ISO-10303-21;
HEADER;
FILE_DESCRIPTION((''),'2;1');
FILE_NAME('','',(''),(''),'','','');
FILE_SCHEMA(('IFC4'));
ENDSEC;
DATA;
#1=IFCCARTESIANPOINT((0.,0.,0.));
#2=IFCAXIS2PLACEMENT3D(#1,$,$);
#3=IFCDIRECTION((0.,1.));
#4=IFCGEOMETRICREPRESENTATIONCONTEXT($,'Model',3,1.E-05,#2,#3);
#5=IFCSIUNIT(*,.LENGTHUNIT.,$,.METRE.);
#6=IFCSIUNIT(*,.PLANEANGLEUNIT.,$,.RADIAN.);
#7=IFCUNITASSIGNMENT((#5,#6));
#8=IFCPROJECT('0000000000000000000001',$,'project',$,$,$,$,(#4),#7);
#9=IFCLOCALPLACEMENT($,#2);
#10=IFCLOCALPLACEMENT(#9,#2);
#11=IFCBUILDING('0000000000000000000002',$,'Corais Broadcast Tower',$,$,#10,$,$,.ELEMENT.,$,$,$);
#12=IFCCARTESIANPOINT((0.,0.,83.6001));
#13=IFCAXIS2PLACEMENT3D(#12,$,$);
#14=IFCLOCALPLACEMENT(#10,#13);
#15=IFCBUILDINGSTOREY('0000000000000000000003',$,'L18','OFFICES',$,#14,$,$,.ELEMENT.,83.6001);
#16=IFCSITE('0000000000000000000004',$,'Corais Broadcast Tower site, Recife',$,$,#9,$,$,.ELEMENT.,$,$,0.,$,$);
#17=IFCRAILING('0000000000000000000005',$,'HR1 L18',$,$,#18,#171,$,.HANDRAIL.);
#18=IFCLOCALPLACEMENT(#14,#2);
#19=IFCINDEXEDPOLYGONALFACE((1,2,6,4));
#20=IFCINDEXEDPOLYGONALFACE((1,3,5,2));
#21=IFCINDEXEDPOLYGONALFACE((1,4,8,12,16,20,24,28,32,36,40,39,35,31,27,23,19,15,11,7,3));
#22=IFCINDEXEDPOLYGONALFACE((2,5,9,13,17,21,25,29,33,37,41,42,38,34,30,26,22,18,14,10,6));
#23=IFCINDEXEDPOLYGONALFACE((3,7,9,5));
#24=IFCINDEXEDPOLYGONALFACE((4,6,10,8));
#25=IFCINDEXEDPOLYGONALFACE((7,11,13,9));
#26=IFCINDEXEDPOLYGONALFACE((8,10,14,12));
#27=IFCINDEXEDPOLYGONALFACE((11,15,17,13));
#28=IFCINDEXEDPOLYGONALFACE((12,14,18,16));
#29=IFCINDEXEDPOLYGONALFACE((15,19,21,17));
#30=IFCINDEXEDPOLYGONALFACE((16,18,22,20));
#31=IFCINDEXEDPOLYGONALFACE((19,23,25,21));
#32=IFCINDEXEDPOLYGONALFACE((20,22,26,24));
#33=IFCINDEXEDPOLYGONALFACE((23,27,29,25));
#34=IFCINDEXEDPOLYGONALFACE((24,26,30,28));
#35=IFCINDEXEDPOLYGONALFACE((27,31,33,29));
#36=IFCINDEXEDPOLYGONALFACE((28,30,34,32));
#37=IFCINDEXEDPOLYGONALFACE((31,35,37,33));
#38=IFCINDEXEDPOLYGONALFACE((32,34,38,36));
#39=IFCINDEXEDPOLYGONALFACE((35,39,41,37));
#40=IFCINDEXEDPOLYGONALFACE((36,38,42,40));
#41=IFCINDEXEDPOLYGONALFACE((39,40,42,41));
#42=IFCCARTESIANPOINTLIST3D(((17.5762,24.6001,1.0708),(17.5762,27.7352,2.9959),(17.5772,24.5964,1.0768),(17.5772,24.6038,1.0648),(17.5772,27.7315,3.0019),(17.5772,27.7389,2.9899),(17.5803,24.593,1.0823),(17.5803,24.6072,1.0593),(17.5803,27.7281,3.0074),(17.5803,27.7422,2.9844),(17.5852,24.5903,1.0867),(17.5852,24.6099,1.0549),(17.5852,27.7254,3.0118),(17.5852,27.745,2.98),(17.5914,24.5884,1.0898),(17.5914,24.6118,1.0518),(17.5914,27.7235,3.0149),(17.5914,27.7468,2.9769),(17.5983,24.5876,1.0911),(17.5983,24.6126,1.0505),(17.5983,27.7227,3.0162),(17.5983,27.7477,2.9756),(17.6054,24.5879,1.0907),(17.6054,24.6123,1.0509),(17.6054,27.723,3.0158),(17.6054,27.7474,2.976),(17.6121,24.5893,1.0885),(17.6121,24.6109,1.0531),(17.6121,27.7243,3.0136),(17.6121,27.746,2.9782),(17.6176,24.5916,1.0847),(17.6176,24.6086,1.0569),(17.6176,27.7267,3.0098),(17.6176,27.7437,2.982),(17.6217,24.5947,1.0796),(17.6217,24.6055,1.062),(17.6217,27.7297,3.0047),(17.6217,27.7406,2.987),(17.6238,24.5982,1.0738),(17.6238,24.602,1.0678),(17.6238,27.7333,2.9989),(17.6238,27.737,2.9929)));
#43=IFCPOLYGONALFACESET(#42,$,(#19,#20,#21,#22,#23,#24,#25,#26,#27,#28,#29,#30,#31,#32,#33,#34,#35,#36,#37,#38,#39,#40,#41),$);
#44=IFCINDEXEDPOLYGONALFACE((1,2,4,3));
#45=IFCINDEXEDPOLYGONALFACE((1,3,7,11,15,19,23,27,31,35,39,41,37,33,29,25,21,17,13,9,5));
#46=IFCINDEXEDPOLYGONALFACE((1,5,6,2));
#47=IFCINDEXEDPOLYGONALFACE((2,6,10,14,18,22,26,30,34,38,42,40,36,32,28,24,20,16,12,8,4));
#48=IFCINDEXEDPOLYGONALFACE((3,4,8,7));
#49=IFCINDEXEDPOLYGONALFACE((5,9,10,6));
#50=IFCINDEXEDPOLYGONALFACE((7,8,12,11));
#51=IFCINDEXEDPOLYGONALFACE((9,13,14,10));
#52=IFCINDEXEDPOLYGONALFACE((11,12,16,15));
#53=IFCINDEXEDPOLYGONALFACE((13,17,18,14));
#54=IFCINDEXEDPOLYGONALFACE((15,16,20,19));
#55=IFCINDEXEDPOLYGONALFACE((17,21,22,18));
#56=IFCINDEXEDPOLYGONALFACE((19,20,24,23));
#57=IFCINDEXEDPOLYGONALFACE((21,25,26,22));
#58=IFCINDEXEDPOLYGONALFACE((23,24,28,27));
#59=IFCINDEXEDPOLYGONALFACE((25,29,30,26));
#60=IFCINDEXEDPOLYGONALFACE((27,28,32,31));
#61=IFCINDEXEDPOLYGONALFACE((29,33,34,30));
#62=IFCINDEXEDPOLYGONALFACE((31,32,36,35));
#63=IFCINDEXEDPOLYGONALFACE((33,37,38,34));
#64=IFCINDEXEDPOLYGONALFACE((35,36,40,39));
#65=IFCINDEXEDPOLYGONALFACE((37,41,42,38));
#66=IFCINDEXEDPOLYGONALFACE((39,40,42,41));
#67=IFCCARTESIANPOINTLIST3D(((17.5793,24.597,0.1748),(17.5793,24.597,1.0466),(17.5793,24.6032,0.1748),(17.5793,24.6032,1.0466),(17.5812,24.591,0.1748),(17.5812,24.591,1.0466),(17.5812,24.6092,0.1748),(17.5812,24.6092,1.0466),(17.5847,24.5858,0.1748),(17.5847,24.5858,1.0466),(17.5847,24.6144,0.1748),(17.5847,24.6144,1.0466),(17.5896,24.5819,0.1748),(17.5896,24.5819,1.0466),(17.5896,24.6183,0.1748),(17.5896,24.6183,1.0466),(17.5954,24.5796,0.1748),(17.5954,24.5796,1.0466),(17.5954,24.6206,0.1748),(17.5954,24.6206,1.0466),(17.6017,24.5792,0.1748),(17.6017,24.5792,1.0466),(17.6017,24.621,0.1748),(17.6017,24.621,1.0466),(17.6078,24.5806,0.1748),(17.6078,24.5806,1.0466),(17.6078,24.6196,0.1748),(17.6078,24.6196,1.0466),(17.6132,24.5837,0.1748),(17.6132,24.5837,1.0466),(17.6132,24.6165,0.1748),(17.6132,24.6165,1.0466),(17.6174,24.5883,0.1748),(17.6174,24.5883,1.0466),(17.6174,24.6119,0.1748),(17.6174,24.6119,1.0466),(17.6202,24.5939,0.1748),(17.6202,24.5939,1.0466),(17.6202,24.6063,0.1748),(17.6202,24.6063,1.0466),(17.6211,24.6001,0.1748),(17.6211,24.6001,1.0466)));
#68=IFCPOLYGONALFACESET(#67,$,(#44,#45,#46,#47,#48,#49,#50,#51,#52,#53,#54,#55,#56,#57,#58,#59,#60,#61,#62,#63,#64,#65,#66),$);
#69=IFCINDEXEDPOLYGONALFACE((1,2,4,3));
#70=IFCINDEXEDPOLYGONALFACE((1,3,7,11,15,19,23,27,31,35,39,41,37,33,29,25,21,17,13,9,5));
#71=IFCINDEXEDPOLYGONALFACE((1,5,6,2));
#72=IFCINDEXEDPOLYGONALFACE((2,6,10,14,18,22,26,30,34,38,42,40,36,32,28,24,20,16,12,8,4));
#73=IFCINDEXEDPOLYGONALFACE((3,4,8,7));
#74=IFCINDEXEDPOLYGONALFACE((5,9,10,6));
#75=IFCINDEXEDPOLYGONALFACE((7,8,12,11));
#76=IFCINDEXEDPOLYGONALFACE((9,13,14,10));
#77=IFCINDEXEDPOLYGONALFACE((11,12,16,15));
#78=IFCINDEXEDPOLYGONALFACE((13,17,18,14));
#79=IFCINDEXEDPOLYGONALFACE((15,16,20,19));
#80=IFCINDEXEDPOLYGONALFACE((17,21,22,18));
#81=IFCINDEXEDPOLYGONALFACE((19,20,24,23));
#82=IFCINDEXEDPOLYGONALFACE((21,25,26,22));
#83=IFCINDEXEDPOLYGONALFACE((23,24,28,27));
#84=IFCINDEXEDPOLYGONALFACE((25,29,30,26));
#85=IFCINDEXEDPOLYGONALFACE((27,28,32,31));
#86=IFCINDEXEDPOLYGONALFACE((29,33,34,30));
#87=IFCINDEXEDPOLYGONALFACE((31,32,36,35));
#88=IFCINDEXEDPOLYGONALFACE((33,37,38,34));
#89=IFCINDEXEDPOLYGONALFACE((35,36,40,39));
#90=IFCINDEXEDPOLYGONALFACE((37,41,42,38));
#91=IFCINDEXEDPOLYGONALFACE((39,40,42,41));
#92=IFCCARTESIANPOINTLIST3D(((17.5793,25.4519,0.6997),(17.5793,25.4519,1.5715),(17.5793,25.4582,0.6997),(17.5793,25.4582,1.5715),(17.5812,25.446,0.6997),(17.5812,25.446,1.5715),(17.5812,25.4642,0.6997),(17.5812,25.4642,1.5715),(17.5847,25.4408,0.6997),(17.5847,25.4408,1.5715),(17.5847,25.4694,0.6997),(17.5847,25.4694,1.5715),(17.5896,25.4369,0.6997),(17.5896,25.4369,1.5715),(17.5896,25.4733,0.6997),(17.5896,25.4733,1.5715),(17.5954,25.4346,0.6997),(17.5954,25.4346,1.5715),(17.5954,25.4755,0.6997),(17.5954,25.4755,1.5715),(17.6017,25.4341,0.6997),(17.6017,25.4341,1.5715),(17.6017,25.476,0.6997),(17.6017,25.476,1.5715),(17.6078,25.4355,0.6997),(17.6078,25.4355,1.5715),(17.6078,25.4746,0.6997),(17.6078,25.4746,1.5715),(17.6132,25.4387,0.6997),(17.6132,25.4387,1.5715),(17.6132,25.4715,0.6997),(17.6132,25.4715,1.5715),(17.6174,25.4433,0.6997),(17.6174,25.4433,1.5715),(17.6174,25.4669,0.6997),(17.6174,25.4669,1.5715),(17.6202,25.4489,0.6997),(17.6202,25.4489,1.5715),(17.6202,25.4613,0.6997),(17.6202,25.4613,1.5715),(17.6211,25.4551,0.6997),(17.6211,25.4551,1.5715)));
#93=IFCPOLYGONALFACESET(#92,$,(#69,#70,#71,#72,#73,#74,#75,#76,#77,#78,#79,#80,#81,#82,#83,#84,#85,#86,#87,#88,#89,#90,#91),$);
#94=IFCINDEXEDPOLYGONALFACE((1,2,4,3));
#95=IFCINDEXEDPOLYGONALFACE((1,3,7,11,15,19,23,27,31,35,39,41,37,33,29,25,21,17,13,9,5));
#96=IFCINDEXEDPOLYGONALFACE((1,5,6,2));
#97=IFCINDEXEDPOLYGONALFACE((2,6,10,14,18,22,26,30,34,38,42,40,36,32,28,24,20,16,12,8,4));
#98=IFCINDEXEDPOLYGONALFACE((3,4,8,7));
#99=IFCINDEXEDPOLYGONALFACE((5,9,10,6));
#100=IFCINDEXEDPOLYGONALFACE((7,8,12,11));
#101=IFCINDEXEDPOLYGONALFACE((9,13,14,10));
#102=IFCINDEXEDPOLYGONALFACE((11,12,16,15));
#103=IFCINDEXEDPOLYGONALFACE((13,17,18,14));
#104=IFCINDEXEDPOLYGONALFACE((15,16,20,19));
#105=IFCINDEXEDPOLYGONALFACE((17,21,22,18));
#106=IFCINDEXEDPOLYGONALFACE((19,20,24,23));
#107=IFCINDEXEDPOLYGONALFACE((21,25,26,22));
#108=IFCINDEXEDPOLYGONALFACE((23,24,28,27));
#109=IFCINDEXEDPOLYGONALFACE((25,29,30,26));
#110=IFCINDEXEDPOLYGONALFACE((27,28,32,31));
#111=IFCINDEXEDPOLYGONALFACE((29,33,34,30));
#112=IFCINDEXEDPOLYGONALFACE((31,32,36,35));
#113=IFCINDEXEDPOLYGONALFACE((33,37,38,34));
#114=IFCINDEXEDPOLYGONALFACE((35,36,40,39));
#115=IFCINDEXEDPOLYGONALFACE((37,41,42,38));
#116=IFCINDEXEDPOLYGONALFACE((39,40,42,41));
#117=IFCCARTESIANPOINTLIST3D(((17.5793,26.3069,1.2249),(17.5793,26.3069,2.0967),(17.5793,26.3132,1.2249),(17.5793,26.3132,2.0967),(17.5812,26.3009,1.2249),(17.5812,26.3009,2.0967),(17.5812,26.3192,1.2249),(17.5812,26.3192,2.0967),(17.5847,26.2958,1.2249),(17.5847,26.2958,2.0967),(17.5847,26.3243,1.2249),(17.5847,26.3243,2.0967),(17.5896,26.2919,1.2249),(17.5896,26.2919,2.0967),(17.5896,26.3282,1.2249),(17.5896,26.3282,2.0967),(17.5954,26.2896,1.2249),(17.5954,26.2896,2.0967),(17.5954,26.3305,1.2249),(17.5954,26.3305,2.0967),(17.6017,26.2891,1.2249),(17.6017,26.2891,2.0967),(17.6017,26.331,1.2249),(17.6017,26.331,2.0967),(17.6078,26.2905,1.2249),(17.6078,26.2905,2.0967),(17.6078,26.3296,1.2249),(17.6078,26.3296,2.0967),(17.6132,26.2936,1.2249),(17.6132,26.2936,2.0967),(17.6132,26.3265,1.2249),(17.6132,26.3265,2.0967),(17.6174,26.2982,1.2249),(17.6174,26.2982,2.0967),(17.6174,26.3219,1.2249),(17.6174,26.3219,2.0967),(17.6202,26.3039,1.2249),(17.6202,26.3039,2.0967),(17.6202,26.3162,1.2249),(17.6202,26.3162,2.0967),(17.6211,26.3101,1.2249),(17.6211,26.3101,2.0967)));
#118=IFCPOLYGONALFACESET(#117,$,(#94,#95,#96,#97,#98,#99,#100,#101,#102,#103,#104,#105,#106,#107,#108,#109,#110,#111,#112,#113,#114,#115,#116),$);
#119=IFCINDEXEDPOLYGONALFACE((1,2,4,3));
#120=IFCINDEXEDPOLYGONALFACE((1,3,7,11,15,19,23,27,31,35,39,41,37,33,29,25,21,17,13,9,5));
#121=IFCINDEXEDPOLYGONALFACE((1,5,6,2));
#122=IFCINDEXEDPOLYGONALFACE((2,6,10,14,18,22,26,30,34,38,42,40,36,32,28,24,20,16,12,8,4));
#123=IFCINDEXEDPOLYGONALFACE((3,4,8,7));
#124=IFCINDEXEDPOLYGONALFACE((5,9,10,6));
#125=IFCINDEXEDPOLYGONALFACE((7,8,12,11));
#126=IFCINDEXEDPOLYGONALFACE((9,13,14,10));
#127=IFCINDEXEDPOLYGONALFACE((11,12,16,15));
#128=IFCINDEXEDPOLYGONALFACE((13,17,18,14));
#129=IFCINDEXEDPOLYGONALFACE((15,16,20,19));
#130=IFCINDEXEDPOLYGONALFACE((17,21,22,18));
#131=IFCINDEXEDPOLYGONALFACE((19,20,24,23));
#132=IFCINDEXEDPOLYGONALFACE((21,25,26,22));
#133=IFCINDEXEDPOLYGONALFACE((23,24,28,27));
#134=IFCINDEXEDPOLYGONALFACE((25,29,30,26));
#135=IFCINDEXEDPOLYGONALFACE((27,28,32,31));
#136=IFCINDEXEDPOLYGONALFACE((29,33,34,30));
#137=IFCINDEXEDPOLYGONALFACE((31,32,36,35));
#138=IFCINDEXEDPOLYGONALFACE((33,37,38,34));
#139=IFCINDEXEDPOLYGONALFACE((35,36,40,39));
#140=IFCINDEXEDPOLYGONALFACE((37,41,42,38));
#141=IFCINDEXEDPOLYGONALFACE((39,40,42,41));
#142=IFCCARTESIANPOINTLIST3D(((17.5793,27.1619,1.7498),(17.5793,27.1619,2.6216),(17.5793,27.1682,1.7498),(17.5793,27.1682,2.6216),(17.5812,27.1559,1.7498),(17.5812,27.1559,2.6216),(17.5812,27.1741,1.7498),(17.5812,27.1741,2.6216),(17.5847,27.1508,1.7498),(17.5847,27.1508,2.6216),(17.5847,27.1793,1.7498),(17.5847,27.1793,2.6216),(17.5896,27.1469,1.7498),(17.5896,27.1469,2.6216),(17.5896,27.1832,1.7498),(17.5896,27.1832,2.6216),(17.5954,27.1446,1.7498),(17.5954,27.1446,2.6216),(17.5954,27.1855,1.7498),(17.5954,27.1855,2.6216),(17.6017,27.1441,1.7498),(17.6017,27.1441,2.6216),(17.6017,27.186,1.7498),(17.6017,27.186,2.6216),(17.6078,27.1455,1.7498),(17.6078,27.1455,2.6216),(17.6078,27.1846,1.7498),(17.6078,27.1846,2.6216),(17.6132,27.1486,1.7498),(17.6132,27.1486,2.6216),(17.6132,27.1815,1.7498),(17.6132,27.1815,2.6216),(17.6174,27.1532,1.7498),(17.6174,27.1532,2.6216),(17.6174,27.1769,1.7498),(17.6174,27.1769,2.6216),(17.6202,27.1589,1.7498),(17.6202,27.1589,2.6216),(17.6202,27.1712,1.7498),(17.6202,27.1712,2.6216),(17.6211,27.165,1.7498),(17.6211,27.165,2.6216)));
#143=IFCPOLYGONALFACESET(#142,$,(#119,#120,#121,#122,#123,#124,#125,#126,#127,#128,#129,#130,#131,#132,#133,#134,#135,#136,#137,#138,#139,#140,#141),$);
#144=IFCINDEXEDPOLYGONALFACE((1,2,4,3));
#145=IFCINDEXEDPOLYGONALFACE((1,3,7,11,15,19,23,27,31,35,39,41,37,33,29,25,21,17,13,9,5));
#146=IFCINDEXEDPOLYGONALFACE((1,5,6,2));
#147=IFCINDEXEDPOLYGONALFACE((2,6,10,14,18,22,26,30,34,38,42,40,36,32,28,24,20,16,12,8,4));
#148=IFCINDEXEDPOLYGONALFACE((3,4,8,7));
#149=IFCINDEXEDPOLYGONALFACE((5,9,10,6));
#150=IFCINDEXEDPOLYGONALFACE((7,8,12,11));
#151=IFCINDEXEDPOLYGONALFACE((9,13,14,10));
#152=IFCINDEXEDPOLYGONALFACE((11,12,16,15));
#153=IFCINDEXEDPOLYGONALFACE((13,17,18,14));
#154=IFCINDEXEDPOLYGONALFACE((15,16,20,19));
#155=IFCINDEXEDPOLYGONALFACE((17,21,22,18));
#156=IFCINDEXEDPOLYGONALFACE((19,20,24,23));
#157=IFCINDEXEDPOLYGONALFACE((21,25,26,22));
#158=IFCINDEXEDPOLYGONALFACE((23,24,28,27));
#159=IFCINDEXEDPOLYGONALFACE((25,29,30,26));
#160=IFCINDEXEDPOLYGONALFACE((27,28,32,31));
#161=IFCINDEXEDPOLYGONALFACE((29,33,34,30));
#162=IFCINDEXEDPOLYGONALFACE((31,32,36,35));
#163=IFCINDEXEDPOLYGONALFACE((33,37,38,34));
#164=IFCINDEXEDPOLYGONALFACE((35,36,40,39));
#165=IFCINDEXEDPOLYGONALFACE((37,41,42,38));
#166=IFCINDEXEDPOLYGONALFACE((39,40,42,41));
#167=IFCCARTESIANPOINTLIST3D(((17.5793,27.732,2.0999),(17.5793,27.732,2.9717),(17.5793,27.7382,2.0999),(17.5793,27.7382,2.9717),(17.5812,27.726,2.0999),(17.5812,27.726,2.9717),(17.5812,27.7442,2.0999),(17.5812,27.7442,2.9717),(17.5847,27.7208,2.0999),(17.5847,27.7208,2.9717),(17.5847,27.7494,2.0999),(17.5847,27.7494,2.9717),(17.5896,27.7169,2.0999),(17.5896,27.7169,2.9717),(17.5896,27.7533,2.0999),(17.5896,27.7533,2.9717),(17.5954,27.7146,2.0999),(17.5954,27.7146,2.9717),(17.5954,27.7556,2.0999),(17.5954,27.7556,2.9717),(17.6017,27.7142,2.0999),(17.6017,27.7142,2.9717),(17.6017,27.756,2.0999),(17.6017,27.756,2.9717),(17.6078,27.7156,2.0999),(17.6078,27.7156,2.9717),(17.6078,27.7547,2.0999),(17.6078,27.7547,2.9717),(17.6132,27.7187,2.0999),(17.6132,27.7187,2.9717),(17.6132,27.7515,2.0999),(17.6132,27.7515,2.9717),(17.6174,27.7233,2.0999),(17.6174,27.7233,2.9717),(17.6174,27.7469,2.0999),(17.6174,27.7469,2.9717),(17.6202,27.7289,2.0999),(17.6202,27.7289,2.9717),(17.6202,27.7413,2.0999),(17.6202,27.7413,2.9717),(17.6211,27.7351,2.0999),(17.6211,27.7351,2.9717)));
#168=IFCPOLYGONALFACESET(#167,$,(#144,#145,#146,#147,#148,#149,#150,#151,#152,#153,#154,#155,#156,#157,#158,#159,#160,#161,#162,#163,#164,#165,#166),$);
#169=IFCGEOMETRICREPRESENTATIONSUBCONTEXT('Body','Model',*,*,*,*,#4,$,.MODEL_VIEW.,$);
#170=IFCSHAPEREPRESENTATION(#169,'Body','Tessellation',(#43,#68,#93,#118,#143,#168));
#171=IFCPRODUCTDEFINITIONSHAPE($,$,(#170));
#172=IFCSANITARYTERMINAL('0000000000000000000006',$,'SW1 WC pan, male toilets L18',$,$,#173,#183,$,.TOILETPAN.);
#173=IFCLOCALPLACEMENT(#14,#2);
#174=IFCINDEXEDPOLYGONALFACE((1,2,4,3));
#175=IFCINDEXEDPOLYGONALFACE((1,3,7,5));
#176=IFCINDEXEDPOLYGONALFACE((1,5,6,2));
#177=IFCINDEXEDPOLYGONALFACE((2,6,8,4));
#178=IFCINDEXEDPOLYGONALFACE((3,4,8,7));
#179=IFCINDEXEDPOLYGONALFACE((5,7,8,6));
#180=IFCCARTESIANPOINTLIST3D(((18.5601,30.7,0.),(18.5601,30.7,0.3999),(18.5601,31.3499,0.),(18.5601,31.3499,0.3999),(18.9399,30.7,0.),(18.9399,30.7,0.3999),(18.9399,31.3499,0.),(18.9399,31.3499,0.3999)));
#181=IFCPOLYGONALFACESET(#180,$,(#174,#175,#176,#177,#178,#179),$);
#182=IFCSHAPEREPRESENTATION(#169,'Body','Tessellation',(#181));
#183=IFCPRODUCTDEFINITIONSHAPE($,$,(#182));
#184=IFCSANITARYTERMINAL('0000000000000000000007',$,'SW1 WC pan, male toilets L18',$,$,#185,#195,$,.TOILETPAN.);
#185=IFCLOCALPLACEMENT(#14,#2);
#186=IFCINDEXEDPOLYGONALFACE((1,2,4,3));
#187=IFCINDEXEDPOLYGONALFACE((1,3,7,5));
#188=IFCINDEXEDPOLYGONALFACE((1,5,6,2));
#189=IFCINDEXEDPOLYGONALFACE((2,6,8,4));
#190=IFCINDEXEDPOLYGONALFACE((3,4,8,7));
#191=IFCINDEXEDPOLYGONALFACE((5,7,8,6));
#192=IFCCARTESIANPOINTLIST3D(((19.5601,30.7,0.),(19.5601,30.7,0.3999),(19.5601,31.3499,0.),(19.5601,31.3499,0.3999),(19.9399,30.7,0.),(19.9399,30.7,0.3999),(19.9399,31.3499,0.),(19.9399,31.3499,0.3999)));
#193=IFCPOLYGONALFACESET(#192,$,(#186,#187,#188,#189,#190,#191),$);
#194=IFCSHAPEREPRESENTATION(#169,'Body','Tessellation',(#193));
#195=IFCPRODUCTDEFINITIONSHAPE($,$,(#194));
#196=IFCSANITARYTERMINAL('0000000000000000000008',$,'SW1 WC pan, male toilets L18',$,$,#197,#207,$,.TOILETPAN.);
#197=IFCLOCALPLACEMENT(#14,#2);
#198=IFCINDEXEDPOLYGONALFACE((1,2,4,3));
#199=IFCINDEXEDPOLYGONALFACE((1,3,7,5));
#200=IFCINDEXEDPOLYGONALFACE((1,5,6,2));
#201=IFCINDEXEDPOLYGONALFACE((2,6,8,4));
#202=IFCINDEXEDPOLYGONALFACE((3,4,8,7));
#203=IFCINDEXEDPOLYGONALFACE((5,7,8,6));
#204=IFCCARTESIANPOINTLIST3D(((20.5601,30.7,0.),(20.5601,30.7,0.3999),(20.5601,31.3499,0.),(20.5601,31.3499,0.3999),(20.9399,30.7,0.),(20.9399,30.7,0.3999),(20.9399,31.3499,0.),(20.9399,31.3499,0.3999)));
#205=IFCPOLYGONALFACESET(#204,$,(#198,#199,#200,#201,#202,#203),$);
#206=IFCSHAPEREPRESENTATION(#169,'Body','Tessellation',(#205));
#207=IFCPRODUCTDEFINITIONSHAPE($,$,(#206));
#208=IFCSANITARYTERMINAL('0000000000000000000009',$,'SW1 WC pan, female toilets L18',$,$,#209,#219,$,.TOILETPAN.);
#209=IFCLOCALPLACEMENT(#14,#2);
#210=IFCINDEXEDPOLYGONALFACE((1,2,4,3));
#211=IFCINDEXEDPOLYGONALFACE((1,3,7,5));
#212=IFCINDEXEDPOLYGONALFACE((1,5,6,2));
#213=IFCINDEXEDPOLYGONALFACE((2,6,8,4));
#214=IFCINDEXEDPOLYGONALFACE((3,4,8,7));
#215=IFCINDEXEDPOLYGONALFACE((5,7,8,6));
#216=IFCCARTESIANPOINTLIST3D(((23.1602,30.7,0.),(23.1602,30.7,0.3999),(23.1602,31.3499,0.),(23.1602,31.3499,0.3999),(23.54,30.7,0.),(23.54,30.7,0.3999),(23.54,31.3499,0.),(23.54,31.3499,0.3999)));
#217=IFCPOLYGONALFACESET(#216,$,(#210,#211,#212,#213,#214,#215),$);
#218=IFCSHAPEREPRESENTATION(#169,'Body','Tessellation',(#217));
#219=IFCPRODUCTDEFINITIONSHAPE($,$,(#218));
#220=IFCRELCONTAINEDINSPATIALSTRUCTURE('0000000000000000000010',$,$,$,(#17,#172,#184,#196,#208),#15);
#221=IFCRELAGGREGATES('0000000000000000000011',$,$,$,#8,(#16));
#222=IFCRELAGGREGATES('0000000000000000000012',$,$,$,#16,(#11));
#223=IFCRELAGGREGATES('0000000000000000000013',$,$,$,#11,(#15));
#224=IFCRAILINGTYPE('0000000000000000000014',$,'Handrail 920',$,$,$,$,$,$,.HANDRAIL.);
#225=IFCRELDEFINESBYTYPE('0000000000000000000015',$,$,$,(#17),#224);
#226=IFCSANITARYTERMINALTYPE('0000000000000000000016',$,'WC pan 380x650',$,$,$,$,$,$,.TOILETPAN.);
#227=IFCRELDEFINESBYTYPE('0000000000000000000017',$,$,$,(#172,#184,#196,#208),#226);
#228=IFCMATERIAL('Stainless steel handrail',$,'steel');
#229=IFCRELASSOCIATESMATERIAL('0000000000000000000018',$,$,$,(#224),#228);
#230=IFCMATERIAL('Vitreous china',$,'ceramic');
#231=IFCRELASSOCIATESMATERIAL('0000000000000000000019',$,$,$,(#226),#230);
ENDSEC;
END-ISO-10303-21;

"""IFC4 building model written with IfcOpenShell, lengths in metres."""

from ifc_helpers import new_model, si_unit, direction, frame, origin, origin_2d, place, context, subcontext, project, spatial, rectangle, circle, extrude, material, type_object, element, save


model = new_model("IFC4")

# Units and contexts
model_context = context("Model", 3, precision=1e-05, world=origin(), true_north=direction((0.0, 1.0)))
body_context = subcontext(model_context, "Body", "Model", "MODEL_VIEW")
ifc_project = project(units=[si_unit("LENGTHUNIT", "METRE"), si_unit("PLANEANGLEUNIT", "RADIAN")], contexts=[model_context])

# Site, building, storey
site_placement = place(None, origin())
site = spatial("IfcSite", under=ifc_project, at=site_placement, Name="Corais Broadcast Tower site, Recife", CompositionType="ELEMENT", RefElevation=0.0)
building_placement = place(site_placement, origin())
building = spatial("IfcBuilding", under=site, at=building_placement, Name="Corais Broadcast Tower", CompositionType="ELEMENT")
storey_placement = place(building_placement, frame((0.0, 0.0, 83.6001)))
storey = spatial("IfcBuildingStorey", under=building, at=storey_placement, Name="L18", Description="OFFICES", CompositionType="ELEMENT", Elevation=83.6001)

# Railing
ifc_material_1 = material(Name="Stainless steel handrail", Category="steel")
railing_type = type_object("IfcRailingType", Name="Handrail 920", PredefinedType="HANDRAIL", material=ifc_material_1)
railing_placement = place(storey_placement, frame((17.6001, 24.6001, 0.1748)))
element("IfcRailing", 1, at=railing_placement, inside=storey, type_object=railing_type, Name="HR1 L18", PredefinedType="HANDRAIL", context=body_context, shape_type="SweptSolid", body=[
    extrude(circle(Radius=0.0239, at=origin_2d()), frame((0.0, 0.0, 0.896), z_axis=(0.0, 0.852166, 0.523271), x_axis=(-1.0, 0.0, 0.0)), (0.0, 0.0, 1.0), 3.679),
    extrude(circle(Radius=0.021, at=origin_2d()), origin(), (0.0, 0.0, 1.0), 0.8718),
    extrude(circle(Radius=0.021, at=origin_2d()), frame((0.0, 0.855, 0.5249)), (0.0, 0.0, 1.0), 0.8718),
    extrude(circle(Radius=0.021, at=origin_2d()), frame((0.0, 1.71, 1.05)), (0.0, 0.0, 1.0), 0.8718),
    extrude(circle(Radius=0.021, at=origin_2d()), frame((0.0, 2.5649, 1.575)), (0.0, 0.0, 1.0), 0.8718),
    extrude(circle(Radius=0.021, at=origin_2d()), frame((0.0, 3.135, 1.925)), (0.0, 0.0, 1.0), 0.8718),
])

# Sanitary terminals
ifc_material_2 = material(Name="Vitreous china", Category="ceramic")
sanitary_terminal_type_1 = type_object("IfcSanitaryTerminalType", Name="WC pan 380x650", PredefinedType="TOILETPAN", material=ifc_material_2)
for number, where, z_axis, x_axis, name in (
    (2, (18.75, 31.0249, 0.0), (0.0, 0.0, 1.0), (1.0, 0.0, 0.0), "SW1 WC pan, male toilets L18"),
    (3, (19.75, 31.0249, 0.0), (0.0, 0.0, 1.0), (1.0, 0.0, 0.0), "SW1 WC pan, male toilets L18"),
    (4, (20.75, 31.0249, 0.0), (0.0, 0.0, 1.0), (1.0, 0.0, 0.0), "SW1 WC pan, male toilets L18"),
    (5, (23.3501, 31.0249, 0.0), (0.0, 0.0, 1.0), (1.0, 0.0, 0.0), "SW1 WC pan, female toilets L18"),
):
    element("IfcSanitaryTerminal", number, at=place(storey_placement, frame(where, z_axis=z_axis, x_axis=x_axis)), inside=storey, type_object=sanitary_terminal_type_1, Name=name, PredefinedType="TOILETPAN", context=body_context, shape_type="SweptSolid", body=[
        extrude(rectangle(XDim=0.3799, YDim=0.6499, at=origin_2d()), origin(), (0.0, 0.0, 1.0), 0.3999),
    ])

save(model, "model.ifc")
